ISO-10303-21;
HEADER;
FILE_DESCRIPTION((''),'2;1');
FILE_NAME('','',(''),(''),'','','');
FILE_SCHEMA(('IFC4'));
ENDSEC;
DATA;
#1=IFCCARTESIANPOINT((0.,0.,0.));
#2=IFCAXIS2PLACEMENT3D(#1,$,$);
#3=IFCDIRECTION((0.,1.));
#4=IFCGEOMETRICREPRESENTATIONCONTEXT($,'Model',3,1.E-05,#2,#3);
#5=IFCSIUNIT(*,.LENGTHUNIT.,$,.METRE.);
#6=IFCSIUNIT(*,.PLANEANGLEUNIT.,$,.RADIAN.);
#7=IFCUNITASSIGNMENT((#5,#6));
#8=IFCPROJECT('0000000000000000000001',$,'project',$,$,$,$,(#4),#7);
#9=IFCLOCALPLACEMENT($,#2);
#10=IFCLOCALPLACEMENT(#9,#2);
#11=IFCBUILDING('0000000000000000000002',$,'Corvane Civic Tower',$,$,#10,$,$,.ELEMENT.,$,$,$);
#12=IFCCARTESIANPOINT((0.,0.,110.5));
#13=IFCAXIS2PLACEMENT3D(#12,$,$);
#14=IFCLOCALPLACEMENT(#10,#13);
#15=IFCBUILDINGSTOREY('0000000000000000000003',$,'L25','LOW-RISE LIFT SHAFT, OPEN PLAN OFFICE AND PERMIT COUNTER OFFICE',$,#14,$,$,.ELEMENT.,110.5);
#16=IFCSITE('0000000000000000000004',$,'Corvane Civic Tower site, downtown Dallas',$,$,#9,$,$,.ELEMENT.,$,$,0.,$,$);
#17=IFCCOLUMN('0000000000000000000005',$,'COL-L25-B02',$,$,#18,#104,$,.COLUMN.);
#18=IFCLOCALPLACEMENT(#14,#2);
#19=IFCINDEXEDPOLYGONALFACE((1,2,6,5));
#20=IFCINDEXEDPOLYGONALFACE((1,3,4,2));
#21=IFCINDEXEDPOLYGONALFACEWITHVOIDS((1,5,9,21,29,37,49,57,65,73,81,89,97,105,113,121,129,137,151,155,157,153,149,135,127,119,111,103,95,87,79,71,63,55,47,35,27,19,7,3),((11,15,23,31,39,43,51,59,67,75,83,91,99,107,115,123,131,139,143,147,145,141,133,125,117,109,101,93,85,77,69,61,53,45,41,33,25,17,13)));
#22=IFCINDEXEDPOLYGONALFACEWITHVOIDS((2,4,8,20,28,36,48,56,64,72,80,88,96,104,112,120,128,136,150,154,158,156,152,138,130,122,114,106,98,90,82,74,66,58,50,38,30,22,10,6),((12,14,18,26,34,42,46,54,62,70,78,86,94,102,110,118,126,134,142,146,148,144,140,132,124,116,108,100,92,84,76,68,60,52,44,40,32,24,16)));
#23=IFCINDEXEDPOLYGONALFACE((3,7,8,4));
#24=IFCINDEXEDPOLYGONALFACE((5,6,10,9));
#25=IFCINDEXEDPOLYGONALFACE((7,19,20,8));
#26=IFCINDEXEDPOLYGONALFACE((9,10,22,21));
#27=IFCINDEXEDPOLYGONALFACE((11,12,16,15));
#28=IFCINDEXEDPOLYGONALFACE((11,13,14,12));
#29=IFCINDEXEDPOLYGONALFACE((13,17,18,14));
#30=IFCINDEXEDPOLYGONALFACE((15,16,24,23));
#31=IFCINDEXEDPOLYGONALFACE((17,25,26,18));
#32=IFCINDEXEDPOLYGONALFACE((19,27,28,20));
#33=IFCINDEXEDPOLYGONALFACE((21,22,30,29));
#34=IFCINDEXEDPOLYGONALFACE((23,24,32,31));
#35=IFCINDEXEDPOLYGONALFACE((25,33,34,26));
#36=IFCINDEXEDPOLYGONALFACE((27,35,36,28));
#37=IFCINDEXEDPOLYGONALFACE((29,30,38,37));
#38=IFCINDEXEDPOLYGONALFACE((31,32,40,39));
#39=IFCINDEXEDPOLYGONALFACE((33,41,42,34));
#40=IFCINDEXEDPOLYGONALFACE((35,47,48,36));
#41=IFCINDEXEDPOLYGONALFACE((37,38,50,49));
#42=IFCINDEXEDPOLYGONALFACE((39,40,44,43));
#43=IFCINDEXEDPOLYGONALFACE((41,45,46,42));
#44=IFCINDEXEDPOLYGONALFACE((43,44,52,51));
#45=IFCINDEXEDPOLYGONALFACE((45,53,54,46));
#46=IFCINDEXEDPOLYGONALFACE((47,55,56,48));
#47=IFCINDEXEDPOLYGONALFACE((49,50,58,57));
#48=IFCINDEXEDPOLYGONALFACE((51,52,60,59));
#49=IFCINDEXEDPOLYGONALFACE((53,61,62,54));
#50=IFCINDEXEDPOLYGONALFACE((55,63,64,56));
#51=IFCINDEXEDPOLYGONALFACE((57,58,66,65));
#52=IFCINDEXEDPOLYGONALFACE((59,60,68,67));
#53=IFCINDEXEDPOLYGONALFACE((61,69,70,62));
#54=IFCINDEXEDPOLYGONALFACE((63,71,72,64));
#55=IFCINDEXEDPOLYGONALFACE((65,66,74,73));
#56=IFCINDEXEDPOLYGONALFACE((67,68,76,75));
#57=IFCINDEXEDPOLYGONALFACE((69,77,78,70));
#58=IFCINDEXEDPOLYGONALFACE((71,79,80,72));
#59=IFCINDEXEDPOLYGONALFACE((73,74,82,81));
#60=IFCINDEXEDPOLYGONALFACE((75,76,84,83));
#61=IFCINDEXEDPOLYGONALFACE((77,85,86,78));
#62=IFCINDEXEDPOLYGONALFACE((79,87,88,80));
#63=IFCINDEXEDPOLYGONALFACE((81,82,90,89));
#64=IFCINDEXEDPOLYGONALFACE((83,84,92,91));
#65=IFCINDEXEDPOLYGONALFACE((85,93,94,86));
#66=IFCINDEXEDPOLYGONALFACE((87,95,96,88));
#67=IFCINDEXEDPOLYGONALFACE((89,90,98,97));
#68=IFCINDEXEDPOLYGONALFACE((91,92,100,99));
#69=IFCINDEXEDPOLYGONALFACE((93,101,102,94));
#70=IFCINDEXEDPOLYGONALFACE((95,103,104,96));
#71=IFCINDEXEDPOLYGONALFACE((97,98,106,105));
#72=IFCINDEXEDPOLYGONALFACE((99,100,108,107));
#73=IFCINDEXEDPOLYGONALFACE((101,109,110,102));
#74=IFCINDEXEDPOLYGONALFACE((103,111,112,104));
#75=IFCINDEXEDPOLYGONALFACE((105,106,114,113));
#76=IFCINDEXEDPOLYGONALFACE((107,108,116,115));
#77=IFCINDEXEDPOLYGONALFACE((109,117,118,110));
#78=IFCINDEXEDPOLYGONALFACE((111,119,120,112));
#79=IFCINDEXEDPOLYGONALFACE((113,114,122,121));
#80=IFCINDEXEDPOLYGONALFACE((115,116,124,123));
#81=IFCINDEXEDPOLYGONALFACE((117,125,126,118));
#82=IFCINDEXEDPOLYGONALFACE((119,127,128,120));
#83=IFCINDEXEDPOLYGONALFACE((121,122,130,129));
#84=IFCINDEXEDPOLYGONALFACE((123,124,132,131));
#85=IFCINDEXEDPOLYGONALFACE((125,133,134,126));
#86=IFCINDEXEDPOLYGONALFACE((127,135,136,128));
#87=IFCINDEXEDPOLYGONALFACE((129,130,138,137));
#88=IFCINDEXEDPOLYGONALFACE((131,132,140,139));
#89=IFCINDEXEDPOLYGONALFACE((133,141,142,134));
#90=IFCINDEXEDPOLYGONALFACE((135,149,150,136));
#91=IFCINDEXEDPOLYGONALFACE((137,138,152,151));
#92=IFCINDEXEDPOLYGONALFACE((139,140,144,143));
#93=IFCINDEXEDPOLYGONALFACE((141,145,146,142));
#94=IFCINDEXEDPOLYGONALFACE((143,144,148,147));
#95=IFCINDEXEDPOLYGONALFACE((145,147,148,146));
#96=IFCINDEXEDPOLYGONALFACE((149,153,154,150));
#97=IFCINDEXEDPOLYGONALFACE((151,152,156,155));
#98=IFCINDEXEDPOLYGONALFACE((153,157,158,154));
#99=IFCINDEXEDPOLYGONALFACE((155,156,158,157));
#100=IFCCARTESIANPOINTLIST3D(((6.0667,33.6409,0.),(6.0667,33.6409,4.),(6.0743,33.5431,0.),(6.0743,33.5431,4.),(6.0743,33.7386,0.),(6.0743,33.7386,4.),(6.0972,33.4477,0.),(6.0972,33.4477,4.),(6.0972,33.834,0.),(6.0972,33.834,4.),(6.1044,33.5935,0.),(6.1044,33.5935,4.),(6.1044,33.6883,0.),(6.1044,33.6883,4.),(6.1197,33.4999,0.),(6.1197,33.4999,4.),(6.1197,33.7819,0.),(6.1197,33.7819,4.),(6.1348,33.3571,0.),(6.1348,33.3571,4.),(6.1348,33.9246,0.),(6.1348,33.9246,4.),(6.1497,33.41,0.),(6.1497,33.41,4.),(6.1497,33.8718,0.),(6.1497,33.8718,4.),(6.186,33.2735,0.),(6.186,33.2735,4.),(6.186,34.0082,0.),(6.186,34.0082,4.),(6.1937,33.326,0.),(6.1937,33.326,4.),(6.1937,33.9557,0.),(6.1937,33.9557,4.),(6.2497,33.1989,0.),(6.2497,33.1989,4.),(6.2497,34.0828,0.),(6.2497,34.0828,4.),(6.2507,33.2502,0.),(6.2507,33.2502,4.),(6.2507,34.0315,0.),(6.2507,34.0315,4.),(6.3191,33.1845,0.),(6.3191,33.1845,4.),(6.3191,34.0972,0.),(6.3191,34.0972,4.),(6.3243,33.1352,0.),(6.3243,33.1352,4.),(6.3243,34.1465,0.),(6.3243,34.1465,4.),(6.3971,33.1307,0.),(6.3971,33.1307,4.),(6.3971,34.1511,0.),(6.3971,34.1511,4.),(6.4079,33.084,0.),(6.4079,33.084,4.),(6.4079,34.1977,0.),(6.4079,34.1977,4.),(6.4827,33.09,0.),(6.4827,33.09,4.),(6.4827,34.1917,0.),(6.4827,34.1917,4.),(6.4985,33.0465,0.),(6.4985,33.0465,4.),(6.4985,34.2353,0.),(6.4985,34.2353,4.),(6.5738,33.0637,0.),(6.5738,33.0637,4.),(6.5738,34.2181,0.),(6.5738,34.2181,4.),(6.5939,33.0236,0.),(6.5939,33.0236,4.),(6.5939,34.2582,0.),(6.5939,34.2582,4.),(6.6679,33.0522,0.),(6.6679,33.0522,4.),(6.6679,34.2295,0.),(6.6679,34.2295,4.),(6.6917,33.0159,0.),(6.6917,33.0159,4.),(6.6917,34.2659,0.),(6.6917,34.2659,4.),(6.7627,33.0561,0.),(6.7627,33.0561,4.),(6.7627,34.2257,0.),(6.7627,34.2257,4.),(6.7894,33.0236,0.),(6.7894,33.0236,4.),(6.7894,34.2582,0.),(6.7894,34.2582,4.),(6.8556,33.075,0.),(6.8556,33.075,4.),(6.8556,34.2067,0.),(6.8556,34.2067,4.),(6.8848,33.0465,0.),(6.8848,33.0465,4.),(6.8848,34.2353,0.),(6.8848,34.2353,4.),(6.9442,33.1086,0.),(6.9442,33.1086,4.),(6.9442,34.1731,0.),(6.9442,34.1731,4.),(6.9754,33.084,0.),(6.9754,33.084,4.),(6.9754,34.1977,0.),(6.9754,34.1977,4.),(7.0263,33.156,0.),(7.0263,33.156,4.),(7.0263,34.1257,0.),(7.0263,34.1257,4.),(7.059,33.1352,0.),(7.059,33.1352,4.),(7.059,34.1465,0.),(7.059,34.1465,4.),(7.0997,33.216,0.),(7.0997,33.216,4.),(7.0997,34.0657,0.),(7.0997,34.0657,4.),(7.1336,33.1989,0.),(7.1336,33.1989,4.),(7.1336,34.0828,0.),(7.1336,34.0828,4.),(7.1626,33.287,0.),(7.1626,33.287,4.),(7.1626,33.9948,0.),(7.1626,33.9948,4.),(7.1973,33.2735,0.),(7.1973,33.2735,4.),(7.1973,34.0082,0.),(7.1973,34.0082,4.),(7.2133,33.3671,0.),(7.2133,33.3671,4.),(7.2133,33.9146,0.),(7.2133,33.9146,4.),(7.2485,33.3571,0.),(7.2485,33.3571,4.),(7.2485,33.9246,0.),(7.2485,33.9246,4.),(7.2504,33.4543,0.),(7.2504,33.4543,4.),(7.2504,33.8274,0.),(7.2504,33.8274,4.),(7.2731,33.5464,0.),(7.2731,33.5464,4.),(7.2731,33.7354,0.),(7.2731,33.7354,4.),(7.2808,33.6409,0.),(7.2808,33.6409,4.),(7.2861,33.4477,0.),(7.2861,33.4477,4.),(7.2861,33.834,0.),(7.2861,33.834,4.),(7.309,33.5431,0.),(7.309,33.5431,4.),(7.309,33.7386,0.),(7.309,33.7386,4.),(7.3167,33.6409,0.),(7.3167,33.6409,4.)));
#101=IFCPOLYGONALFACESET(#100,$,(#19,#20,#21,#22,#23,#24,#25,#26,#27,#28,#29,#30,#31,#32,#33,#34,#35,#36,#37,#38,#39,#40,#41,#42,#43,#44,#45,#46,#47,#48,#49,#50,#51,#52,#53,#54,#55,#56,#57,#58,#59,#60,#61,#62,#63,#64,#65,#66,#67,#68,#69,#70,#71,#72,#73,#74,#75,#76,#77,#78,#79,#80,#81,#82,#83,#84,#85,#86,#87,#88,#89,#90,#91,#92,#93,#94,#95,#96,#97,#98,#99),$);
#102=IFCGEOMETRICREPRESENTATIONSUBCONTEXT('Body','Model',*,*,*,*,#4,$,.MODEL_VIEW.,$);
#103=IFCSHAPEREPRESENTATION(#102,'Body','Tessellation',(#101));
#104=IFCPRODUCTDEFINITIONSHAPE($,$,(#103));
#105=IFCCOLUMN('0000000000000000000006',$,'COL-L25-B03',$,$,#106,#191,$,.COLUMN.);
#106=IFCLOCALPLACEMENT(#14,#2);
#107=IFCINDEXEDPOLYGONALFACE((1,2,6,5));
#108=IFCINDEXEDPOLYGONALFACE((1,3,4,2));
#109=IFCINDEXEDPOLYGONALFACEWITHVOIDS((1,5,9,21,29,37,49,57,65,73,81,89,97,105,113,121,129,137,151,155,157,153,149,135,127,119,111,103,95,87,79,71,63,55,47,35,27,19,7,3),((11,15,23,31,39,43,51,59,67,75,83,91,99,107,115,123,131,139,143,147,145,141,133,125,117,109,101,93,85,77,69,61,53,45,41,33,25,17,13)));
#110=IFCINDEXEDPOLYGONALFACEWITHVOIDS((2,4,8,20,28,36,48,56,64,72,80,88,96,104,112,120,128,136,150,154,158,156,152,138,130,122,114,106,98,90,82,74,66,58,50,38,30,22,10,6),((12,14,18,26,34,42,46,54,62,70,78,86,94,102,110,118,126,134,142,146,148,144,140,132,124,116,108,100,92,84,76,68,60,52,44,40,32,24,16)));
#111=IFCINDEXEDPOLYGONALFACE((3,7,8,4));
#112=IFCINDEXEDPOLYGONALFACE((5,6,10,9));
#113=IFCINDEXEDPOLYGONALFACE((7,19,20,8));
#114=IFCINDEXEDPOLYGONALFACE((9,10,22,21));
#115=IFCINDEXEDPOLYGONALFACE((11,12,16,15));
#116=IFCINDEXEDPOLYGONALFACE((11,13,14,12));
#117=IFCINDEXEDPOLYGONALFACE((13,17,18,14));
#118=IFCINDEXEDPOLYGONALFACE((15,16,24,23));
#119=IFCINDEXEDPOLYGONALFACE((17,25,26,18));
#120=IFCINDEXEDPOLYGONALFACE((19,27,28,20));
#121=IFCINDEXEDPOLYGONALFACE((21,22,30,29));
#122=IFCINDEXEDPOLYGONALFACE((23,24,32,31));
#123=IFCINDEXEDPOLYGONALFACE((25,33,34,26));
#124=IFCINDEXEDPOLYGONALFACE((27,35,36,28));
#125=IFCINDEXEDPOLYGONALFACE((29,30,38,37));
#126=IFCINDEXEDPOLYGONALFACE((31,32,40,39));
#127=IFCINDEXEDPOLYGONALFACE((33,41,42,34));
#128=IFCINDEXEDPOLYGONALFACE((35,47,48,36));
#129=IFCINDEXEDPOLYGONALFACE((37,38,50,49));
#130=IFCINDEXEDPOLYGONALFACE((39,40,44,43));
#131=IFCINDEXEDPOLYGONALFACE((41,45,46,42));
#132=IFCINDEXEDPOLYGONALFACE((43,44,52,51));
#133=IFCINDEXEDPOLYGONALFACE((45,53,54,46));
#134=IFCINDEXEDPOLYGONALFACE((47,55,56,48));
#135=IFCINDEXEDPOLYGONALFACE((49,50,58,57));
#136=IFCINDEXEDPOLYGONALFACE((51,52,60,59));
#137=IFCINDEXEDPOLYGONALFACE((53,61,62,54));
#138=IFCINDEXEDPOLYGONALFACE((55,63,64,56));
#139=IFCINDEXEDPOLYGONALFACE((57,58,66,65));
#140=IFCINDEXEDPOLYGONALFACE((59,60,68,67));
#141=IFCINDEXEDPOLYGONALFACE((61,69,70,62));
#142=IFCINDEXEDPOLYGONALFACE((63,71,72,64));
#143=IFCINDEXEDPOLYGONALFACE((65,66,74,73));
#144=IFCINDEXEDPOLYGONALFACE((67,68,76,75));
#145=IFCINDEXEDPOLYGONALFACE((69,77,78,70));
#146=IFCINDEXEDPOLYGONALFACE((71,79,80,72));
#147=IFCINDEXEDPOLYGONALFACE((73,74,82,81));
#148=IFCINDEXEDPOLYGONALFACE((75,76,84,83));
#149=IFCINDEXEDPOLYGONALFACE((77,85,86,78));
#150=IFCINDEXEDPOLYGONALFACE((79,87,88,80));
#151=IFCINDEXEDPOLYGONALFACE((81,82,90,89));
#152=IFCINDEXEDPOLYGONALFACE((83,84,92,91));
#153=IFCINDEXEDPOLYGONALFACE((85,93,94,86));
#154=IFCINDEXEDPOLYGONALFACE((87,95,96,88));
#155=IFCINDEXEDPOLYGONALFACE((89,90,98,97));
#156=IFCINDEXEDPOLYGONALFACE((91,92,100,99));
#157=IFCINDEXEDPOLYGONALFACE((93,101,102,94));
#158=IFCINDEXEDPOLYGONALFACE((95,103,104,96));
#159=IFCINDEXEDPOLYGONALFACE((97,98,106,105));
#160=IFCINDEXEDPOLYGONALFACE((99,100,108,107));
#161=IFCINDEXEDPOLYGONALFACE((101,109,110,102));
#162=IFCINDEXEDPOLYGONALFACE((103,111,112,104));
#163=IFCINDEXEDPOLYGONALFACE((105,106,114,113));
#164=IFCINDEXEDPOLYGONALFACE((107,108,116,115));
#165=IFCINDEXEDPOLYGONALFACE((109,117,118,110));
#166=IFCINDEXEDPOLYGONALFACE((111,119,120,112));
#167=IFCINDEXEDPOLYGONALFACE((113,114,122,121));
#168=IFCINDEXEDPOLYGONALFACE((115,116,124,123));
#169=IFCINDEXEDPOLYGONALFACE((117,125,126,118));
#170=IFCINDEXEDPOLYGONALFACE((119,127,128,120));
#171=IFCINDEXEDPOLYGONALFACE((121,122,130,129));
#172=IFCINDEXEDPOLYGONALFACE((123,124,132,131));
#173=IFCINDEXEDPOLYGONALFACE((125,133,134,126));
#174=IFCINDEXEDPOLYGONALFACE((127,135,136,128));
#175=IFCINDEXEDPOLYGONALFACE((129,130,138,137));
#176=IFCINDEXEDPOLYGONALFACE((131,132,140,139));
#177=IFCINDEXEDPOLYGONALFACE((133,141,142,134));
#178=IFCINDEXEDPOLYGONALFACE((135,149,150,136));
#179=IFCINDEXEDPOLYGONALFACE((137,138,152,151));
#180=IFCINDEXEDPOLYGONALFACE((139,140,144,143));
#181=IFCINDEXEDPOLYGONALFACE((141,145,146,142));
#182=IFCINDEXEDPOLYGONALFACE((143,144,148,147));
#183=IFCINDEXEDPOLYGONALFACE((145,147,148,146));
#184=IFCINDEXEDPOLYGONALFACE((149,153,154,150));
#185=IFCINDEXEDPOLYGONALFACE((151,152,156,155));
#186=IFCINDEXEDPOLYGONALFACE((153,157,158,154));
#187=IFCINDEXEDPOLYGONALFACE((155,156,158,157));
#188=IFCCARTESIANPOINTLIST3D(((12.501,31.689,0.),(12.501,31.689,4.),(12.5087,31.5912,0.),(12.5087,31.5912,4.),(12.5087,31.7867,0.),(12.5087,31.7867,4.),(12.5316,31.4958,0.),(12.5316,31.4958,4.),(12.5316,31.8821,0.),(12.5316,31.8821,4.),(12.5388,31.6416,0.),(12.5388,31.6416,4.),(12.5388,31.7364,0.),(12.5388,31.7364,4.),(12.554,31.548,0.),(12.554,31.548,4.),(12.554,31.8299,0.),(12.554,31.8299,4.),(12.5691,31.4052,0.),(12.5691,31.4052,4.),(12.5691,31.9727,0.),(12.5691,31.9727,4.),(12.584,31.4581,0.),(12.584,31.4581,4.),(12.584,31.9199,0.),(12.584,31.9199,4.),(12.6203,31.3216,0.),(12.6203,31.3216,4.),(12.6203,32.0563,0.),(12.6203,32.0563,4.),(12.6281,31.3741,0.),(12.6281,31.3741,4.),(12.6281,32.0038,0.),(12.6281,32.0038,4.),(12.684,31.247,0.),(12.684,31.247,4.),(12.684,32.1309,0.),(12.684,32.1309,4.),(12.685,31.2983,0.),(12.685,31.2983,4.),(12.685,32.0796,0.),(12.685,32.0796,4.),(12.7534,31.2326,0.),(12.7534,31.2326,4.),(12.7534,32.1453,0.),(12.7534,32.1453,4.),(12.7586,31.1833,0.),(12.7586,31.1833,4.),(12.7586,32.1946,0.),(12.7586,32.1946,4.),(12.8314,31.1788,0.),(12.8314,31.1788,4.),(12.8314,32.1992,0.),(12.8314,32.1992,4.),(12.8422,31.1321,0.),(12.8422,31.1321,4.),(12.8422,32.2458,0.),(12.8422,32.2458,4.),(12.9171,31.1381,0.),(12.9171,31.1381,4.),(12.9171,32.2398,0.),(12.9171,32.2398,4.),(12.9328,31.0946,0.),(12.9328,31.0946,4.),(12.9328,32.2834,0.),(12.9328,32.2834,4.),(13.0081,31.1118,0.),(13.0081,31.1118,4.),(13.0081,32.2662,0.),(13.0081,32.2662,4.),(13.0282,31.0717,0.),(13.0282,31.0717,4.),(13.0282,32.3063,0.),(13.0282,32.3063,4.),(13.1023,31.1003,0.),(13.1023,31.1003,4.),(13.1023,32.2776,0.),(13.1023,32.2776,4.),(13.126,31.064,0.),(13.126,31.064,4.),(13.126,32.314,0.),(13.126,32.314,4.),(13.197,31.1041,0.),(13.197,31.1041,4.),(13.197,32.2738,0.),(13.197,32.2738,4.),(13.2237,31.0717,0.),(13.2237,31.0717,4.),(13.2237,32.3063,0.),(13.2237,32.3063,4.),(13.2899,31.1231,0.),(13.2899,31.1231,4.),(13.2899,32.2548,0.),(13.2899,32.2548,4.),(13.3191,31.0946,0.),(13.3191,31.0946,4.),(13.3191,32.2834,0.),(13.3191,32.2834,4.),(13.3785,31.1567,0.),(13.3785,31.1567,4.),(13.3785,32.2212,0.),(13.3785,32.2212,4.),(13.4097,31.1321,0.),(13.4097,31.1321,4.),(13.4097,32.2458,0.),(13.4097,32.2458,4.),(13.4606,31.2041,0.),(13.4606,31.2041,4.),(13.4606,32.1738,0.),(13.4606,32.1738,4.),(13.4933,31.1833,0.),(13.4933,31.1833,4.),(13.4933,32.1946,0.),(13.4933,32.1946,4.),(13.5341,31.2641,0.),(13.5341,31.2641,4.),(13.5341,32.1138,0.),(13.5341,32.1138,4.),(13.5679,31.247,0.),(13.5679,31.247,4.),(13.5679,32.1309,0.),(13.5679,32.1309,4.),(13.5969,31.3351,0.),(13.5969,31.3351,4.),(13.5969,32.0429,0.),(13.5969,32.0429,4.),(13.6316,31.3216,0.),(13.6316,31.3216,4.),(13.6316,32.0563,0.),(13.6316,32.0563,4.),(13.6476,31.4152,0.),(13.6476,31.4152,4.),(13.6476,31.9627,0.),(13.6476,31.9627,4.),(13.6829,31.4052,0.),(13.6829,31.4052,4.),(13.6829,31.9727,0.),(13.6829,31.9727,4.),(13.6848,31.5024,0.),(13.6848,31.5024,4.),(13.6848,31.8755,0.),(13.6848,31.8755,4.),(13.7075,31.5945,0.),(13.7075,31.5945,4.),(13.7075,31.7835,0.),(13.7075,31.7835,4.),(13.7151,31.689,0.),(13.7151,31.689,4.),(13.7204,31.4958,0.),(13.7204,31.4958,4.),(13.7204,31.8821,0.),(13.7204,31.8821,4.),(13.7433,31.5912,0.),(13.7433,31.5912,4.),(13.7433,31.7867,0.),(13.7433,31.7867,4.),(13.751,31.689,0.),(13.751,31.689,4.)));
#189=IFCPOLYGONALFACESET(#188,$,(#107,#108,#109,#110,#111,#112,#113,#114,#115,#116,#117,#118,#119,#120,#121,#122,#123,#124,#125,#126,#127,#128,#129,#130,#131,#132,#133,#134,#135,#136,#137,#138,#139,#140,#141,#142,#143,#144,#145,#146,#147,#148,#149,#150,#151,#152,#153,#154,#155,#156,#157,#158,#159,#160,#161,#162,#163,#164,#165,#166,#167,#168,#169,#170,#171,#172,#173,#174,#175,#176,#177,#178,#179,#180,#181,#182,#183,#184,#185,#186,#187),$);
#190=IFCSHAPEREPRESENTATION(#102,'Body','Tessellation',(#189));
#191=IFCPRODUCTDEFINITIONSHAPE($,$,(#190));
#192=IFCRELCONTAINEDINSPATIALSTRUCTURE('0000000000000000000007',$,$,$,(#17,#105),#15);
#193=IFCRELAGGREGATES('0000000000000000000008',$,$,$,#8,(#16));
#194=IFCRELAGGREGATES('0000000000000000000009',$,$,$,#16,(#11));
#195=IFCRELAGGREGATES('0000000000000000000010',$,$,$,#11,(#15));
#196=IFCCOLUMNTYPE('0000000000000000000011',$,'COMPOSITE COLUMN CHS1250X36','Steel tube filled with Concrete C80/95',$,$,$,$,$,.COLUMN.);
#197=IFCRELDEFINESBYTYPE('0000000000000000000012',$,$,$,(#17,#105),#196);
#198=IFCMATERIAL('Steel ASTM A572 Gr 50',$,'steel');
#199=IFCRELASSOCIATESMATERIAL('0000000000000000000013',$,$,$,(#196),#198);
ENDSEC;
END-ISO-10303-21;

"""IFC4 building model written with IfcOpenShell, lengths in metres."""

from ifc_helpers import new_model, si_unit, direction, frame, origin, origin_2d, place, context, subcontext, project, spatial, hollow_circle, extrude, material, material_profile, profile_set, type_object, element, save


model = new_model("IFC4")

# Units and contexts
model_context = context("Model", 3, precision=1e-05, world=origin(), true_north=direction((0.0, 1.0)))
body_context = subcontext(model_context, "Body", "Model", "MODEL_VIEW")
ifc_project = project(units=[si_unit("LENGTHUNIT", "METRE"), si_unit("PLANEANGLEUNIT", "RADIAN")], contexts=[model_context])

# Site, building, storey
site_placement = place(None, origin())
site = spatial("IfcSite", under=ifc_project, at=site_placement, Name="Corvane Civic Tower site, downtown Dallas", CompositionType="ELEMENT", RefElevation=0.0)
building_placement = place(site_placement, origin())
building = spatial("IfcBuilding", under=site, at=building_placement, Name="Corvane Civic Tower", CompositionType="ELEMENT")
storey_placement = place(building_placement, frame((0.0, 0.0, 110.5)))
storey = spatial("IfcBuildingStorey", under=building, at=storey_placement, Name="L25", Description="LOW-RISE LIFT SHAFT, OPEN PLAN OFFICE AND PERMIT COUNTER OFFICE", CompositionType="ELEMENT", Elevation=110.5)

# Columns
ifc_material_1 = material(Name="Steel ASTM A572 Gr 50", Category="steel")
ifc_material_profile_1 = material_profile(ifc_material_1, hollow_circle(Radius=0.625, WallThickness=0.0359, at=origin_2d()), Name="CHS1250X36")
ifc_profile_set_1 = profile_set([ifc_material_profile_1], Name="Steel ASTM A572 Gr 50")
column_type = type_object("IfcColumnType", Name="COMPOSITE COLUMN CHS1250X36", Description="Steel tube filled with Concrete C80/95", PredefinedType="COLUMN", material=ifc_profile_set_1)
for number, where, z_axis, x_axis, name in (
    (1, (6.6917, 33.6409, 0.0), (0.0, 0.0, 1.0), (1.0, 0.0, 0.0), "COL-L25-B02"),
    (2, (13.126, 31.689, 0.0), (0.0, 0.0, 1.0), (1.0, 0.0, 0.0), "COL-L25-B03"),
):
    element("IfcColumn", number, at=place(storey_placement, frame(where, z_axis=z_axis, x_axis=x_axis)), inside=storey, type_object=column_type, Name=name, PredefinedType="COLUMN", context=body_context, shape_type="SweptSolid", body=[
        extrude(hollow_circle(Radius=0.625, WallThickness=0.0359, at=origin_2d()), origin(), (0.0, 0.0, 1.0), 4.0),
    ])

save(model, "model.ifc")
